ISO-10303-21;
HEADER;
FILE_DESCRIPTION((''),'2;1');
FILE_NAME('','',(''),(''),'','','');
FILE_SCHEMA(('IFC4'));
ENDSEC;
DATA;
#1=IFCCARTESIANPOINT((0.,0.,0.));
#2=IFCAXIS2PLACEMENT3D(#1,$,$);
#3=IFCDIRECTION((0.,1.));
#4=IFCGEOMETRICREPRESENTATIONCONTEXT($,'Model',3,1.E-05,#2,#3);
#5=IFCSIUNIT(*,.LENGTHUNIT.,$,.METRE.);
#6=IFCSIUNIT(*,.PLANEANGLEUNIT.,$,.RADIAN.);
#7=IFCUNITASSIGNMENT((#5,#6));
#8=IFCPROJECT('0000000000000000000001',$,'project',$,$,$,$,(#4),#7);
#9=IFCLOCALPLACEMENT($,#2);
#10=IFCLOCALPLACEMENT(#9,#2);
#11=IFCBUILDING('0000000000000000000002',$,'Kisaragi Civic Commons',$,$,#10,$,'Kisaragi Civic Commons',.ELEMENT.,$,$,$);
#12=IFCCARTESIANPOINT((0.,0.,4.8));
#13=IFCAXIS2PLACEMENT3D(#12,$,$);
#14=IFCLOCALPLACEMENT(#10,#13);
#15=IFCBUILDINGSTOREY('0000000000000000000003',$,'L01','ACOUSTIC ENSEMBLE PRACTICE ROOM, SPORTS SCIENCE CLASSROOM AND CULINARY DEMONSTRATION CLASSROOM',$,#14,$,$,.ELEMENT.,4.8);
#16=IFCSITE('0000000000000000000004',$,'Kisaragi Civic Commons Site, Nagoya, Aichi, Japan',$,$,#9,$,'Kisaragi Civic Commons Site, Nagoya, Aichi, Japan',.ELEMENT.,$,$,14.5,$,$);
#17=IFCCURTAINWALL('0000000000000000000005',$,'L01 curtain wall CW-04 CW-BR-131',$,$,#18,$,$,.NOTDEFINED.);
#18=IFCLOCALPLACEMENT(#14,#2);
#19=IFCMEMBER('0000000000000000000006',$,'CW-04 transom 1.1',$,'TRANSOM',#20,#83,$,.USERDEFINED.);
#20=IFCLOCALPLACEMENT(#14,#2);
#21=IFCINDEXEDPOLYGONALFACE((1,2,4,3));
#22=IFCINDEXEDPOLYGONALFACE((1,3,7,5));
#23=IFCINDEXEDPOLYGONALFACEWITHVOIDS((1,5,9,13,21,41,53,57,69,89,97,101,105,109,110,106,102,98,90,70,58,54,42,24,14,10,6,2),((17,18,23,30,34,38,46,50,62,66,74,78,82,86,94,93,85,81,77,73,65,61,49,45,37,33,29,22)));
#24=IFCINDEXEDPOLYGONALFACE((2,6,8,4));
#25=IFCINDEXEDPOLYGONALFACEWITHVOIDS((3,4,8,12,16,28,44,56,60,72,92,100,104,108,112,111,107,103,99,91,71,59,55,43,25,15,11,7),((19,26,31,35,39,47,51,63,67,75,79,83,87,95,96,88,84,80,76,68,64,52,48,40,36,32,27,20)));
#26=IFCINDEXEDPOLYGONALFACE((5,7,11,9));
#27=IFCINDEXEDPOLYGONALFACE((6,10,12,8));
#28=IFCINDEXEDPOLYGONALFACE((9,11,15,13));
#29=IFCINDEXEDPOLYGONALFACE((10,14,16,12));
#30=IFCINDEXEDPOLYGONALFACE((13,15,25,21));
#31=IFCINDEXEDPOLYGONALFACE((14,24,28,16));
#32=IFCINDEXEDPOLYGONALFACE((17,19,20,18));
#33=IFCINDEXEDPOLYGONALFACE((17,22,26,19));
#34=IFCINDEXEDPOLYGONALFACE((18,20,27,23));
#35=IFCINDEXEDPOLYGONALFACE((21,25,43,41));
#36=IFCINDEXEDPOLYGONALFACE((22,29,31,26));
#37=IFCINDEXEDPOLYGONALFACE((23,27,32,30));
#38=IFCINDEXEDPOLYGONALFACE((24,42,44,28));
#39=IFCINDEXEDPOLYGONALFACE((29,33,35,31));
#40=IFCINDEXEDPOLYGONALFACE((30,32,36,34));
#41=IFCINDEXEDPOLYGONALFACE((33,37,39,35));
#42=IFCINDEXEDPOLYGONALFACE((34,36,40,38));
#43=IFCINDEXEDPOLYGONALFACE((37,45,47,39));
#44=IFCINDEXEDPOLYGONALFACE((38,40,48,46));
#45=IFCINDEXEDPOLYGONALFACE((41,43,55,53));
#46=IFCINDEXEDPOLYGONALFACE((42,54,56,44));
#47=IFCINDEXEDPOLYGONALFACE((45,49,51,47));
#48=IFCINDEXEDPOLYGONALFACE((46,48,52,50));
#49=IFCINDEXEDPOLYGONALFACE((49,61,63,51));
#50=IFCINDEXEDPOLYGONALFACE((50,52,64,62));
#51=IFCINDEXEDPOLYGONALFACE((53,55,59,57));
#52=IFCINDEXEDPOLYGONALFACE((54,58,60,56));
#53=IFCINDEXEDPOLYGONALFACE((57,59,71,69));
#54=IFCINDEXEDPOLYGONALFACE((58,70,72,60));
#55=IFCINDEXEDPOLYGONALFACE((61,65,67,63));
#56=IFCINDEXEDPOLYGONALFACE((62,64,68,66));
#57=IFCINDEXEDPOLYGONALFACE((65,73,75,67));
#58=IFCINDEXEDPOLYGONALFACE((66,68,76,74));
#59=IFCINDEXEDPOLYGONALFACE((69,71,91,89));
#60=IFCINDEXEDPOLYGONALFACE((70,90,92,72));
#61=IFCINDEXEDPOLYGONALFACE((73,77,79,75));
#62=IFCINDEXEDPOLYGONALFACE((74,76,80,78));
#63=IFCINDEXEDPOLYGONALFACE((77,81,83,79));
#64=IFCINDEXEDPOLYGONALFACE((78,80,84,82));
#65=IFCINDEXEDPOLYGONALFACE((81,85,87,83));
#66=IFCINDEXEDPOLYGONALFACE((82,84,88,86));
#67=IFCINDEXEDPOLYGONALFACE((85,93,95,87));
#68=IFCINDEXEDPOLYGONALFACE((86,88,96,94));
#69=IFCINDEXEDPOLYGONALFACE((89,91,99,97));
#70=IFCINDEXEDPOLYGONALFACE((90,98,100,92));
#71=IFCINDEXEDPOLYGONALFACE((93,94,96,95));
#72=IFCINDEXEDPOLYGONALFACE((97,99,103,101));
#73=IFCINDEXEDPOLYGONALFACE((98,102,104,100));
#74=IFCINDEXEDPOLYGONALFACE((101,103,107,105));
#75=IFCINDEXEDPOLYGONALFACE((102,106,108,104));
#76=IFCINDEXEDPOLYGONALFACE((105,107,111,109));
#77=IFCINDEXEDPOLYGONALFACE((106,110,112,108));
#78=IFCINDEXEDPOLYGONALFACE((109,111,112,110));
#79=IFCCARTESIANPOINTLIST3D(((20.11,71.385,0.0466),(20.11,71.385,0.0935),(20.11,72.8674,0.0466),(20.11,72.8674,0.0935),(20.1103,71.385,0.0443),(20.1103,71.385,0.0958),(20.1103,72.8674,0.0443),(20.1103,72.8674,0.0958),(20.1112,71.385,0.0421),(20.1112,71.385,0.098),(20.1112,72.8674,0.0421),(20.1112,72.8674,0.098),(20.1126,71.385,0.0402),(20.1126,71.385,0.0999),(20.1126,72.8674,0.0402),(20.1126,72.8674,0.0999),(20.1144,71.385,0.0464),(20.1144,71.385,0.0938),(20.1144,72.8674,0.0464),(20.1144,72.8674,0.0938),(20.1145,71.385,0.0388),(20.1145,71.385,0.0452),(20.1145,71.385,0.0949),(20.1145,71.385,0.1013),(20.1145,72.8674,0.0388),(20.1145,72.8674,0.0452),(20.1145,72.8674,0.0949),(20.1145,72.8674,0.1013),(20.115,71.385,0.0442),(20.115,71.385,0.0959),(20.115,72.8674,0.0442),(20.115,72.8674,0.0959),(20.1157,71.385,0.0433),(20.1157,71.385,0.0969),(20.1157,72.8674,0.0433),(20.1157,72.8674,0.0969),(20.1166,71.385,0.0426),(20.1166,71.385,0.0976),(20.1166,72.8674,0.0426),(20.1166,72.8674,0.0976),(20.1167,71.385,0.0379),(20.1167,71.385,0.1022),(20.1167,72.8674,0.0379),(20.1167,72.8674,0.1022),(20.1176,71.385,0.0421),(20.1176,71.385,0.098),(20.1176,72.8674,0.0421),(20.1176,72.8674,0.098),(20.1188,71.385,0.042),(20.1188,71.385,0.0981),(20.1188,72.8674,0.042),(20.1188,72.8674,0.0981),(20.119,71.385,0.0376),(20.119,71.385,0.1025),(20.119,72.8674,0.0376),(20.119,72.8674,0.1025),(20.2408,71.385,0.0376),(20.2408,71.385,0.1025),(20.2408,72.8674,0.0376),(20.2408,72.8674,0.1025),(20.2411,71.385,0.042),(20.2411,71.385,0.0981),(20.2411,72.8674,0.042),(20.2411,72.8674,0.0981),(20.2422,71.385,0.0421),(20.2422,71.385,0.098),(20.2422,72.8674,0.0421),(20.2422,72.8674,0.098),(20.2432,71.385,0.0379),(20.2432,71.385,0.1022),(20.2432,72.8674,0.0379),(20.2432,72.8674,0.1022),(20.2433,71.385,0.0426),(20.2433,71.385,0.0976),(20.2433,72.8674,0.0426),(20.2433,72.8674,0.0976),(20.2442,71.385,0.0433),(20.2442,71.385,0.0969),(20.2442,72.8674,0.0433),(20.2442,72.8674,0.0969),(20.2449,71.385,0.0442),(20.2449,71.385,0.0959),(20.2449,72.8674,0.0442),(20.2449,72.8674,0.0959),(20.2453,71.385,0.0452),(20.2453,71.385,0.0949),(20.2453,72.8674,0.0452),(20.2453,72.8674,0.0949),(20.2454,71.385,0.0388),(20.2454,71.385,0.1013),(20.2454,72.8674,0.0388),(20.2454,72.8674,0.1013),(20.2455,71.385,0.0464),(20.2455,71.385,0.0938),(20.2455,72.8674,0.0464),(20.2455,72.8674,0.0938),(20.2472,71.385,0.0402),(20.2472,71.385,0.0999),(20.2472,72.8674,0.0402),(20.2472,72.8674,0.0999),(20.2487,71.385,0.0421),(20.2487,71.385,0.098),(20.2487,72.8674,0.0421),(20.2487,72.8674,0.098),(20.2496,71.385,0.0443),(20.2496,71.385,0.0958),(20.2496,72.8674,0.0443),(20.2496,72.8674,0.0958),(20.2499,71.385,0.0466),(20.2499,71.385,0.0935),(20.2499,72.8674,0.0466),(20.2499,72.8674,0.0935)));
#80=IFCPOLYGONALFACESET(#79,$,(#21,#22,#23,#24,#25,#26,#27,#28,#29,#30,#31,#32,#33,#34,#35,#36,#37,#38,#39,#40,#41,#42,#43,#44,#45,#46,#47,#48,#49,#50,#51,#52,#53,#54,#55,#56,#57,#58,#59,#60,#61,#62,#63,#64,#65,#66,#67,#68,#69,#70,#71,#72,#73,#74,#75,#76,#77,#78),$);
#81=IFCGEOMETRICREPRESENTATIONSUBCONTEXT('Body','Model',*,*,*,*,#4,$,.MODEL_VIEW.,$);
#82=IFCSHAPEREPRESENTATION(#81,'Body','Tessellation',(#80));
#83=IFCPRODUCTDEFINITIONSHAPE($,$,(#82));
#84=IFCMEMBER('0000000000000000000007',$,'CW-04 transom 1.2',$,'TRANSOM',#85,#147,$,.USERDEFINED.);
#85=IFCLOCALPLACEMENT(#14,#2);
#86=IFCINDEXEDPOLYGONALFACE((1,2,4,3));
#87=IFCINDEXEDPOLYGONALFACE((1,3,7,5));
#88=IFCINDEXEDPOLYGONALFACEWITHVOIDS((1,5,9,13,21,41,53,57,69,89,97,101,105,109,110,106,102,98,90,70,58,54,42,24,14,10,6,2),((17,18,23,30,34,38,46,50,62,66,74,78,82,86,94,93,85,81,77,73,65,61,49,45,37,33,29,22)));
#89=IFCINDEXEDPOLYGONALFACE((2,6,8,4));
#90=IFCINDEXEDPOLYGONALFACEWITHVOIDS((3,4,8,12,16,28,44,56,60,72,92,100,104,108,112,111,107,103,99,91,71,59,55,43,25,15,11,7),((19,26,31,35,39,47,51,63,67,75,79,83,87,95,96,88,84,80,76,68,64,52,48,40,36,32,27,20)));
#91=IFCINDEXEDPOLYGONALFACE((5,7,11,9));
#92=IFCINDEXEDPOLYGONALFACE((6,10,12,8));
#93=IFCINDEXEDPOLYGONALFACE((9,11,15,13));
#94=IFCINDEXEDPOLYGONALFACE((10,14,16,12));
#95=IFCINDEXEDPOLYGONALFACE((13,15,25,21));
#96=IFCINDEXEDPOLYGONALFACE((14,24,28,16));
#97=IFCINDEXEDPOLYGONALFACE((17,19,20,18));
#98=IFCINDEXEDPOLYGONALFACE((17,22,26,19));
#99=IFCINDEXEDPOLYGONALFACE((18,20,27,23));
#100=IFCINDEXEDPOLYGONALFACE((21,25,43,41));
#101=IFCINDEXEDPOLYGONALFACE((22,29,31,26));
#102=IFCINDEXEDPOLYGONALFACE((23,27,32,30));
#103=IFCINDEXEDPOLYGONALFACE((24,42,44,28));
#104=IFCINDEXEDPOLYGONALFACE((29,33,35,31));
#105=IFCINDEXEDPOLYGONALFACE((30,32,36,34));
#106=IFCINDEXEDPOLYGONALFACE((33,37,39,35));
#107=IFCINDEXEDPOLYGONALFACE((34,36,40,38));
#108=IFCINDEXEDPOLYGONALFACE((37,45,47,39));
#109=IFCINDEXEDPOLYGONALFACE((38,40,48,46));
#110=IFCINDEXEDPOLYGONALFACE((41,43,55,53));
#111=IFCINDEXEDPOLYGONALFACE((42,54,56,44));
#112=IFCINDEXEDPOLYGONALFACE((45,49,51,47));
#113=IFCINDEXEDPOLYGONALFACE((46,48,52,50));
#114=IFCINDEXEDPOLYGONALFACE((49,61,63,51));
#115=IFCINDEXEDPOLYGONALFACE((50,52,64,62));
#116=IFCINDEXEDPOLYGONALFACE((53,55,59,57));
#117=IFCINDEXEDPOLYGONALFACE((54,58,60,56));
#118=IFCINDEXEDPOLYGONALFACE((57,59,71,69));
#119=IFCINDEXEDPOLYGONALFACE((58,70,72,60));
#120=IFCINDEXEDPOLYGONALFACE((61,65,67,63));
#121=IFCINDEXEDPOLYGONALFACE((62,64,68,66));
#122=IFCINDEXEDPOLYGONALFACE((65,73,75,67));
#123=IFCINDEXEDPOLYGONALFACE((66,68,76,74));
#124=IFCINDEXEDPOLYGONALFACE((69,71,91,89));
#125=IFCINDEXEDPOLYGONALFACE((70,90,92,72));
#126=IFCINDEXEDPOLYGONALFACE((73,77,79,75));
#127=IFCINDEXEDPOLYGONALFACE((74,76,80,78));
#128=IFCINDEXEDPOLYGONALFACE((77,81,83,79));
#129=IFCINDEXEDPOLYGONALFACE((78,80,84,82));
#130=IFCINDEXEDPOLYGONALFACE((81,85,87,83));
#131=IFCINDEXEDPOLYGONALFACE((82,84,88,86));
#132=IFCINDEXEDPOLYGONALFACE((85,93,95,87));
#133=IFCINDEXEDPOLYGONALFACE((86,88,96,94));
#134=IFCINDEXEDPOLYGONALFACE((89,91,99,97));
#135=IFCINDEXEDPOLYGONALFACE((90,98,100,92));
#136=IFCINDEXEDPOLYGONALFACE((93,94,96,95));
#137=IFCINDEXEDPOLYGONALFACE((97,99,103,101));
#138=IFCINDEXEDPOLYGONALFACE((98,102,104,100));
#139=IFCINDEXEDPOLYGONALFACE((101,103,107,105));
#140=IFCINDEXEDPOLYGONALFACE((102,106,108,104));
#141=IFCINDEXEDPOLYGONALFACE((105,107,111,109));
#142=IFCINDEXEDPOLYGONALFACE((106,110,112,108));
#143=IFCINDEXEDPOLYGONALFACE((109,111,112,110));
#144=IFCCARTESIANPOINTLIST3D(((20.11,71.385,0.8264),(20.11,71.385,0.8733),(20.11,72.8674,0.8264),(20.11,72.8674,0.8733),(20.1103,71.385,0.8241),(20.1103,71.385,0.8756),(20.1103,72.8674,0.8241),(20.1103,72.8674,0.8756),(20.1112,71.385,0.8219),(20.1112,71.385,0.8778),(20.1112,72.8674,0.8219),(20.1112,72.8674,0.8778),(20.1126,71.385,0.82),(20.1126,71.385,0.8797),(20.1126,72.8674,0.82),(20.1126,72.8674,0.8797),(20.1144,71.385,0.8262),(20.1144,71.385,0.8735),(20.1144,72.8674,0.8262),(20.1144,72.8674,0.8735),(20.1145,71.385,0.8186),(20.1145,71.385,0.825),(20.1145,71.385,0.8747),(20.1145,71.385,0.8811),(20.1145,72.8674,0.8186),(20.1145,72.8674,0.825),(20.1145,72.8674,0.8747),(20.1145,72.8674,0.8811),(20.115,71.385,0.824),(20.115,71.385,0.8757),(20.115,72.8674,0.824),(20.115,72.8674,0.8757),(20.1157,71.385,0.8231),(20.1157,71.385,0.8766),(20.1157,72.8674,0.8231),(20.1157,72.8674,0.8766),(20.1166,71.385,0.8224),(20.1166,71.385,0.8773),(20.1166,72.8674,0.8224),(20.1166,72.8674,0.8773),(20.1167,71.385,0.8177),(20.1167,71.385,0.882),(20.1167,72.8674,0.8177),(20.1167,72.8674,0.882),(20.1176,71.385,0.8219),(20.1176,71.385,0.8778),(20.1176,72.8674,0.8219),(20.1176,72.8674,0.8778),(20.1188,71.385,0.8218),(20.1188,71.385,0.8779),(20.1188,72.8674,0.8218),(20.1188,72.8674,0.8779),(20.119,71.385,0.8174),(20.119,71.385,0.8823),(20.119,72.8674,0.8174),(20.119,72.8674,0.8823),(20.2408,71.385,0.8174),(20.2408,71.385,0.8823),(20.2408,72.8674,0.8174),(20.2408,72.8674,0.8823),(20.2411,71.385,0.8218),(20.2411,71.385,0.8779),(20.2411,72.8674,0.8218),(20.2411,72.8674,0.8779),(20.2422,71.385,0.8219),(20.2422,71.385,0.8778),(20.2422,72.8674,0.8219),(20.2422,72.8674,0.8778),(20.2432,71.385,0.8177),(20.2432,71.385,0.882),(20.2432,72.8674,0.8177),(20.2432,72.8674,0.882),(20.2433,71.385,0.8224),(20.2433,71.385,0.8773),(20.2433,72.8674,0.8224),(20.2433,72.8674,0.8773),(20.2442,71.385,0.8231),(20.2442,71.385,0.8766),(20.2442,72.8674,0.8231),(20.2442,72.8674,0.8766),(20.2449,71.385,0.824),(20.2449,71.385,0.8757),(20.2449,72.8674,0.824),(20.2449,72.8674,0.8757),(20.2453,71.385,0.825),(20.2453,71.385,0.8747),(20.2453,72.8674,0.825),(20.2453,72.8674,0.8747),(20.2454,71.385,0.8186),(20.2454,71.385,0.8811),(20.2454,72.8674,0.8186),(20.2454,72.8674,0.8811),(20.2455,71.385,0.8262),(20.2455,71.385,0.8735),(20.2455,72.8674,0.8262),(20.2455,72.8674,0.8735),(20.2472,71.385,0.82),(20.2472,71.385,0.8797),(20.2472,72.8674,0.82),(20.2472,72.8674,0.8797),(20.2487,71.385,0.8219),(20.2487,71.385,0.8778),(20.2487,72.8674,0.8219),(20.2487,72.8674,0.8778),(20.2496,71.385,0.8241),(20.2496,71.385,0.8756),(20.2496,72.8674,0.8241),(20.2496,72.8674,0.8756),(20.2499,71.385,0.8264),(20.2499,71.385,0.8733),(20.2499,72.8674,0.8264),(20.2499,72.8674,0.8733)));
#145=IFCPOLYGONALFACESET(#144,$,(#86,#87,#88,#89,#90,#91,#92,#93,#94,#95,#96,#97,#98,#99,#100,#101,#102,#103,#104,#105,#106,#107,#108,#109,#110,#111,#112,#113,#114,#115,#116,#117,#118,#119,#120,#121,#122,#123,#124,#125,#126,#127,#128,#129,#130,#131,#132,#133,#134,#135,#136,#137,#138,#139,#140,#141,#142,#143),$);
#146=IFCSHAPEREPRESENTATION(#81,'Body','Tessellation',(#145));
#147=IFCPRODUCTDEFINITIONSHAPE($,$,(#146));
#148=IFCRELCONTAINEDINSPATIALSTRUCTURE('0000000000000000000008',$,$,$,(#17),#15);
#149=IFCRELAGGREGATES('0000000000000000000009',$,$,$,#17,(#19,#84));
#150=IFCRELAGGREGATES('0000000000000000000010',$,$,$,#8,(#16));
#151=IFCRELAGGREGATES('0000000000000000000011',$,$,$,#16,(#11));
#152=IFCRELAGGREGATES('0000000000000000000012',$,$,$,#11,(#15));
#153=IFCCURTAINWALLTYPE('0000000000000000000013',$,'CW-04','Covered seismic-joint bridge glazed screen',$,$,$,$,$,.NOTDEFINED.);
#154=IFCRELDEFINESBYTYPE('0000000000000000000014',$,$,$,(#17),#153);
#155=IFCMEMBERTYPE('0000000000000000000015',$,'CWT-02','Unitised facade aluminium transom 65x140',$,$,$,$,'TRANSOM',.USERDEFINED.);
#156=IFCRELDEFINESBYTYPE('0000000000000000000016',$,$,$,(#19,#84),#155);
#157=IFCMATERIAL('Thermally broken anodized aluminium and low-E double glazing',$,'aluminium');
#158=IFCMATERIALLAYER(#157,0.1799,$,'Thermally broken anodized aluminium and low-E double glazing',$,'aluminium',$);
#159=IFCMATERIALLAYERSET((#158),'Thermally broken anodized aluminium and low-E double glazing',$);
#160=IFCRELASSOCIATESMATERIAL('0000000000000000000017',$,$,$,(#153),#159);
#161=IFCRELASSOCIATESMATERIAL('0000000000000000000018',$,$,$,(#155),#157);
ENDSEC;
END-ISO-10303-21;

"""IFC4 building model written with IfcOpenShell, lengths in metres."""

from ifc_helpers import new_model, si_unit, direction, frame, origin, origin_2d, place, context, subcontext, project, spatial, hollow_rectangle, extrude, material, layer, layer_set, material_profile, profile_set, type_object, element, aggregate, save


model = new_model("IFC4")

# Units and contexts
model_context = context("Model", 3, precision=1e-05, world=origin(), true_north=direction((0.0, 1.0)))
body_context = subcontext(model_context, "Body", "Model", "MODEL_VIEW")
ifc_project = project(units=[si_unit("LENGTHUNIT", "METRE"), si_unit("PLANEANGLEUNIT", "RADIAN")], contexts=[model_context])

# Site, building, storey
site_placement = place(None, origin())
site = spatial("IfcSite", under=ifc_project, at=site_placement, Name="Kisaragi Civic Commons Site, Nagoya, Aichi, Japan", LongName="Kisaragi Civic Commons Site, Nagoya, Aichi, Japan", CompositionType="ELEMENT", RefElevation=14.5)
building_placement = place(site_placement, origin())
building = spatial("IfcBuilding", under=site, at=building_placement, Name="Kisaragi Civic Commons", LongName="Kisaragi Civic Commons", CompositionType="ELEMENT")
storey_placement = place(building_placement, frame((0.0, 0.0, 4.8)))
storey = spatial("IfcBuildingStorey", under=building, at=storey_placement, Name="L01", Description="ACOUSTIC ENSEMBLE PRACTICE ROOM, SPORTS SCIENCE CLASSROOM AND CULINARY DEMONSTRATION CLASSROOM", CompositionType="ELEMENT", Elevation=4.8)

# Shared definitions
ifc_material_1 = material(Name="Thermally broken anodized aluminium and low-E double glazing", Category="aluminium")
ifc_layer_1 = layer(ifc_material_1, 0.1799, Name="Thermally broken anodized aluminium and low-E double glazing", Category="aluminium")
ifc_layer_set_1 = layer_set([ifc_layer_1], Name="Thermally broken anodized aluminium and low-E double glazing")
curtain_wall_type = type_object("IfcCurtainWallType", Name="CW-04", Description="Covered seismic-joint bridge glazed screen", PredefinedType="NOTDEFINED", material=ifc_layer_set_1)

# Curtain wall
curtain_wall_1_placement = place(storey_placement, origin())
curtain_wall_1 = element("IfcCurtainWall", 1, at=curtain_wall_1_placement, inside=storey, type_object=curtain_wall_type, Name="L01 curtain wall CW-04 CW-BR-131", PredefinedType="NOTDEFINED")
ifc_material_profile_1 = material_profile(ifc_material_1, hollow_rectangle(XDim=0.1399, YDim=0.0649, WallThickness=0.0044, InnerFilletRadius=0.0044, OuterFilletRadius=0.009, at=origin_2d()), Name="CWT-65x140x4.5", Category="aluminium")
ifc_profile_set_1 = profile_set([ifc_material_profile_1], Name="Thermally broken anodized aluminium and low-E double glazing")
member_type_1 = type_object("IfcMemberType", Name="CWT-02", Description="Unitised facade aluminium transom 65x140", ElementType="TRANSOM", PredefinedType="USERDEFINED", material=ifc_profile_set_1)

# Members
member_1_placement = place(storey_placement, frame((20.1799, 71.385, 0.0701), z_axis=(0.0, 1.0, 0.0), x_axis=(-1.0, 0.0, 0.0)))
member_1 = element("IfcMember", 2, at=member_1_placement, type_object=member_type_1, Name="CW-04 transom 1.1", ObjectType="TRANSOM", PredefinedType="USERDEFINED", context=body_context, shape_type="SweptSolid", body=[
    extrude(hollow_rectangle(XDim=0.1399, YDim=0.0649, WallThickness=0.0044, InnerFilletRadius=0.0044, OuterFilletRadius=0.009, at=origin_2d()), origin(), (0.0, 0.0, 1.0), 1.4824),
])
member_2_placement = place(storey_placement, frame((20.1799, 71.385, 0.8499), z_axis=(0.0, 1.0, 0.0), x_axis=(-1.0, 0.0, 0.0)))
member_2 = element("IfcMember", 3, at=member_2_placement, type_object=member_type_1, Name="CW-04 transom 1.2", ObjectType="TRANSOM", PredefinedType="USERDEFINED", context=body_context, shape_type="SweptSolid", body=[
    extrude(hollow_rectangle(XDim=0.1399, YDim=0.0649, WallThickness=0.0044, InnerFilletRadius=0.0044, OuterFilletRadius=0.009, at=origin_2d()), origin(), (0.0, 0.0, 1.0), 1.4824),
])

aggregate(curtain_wall_1, [member_1, member_2])

save(model, "model.ifc")
